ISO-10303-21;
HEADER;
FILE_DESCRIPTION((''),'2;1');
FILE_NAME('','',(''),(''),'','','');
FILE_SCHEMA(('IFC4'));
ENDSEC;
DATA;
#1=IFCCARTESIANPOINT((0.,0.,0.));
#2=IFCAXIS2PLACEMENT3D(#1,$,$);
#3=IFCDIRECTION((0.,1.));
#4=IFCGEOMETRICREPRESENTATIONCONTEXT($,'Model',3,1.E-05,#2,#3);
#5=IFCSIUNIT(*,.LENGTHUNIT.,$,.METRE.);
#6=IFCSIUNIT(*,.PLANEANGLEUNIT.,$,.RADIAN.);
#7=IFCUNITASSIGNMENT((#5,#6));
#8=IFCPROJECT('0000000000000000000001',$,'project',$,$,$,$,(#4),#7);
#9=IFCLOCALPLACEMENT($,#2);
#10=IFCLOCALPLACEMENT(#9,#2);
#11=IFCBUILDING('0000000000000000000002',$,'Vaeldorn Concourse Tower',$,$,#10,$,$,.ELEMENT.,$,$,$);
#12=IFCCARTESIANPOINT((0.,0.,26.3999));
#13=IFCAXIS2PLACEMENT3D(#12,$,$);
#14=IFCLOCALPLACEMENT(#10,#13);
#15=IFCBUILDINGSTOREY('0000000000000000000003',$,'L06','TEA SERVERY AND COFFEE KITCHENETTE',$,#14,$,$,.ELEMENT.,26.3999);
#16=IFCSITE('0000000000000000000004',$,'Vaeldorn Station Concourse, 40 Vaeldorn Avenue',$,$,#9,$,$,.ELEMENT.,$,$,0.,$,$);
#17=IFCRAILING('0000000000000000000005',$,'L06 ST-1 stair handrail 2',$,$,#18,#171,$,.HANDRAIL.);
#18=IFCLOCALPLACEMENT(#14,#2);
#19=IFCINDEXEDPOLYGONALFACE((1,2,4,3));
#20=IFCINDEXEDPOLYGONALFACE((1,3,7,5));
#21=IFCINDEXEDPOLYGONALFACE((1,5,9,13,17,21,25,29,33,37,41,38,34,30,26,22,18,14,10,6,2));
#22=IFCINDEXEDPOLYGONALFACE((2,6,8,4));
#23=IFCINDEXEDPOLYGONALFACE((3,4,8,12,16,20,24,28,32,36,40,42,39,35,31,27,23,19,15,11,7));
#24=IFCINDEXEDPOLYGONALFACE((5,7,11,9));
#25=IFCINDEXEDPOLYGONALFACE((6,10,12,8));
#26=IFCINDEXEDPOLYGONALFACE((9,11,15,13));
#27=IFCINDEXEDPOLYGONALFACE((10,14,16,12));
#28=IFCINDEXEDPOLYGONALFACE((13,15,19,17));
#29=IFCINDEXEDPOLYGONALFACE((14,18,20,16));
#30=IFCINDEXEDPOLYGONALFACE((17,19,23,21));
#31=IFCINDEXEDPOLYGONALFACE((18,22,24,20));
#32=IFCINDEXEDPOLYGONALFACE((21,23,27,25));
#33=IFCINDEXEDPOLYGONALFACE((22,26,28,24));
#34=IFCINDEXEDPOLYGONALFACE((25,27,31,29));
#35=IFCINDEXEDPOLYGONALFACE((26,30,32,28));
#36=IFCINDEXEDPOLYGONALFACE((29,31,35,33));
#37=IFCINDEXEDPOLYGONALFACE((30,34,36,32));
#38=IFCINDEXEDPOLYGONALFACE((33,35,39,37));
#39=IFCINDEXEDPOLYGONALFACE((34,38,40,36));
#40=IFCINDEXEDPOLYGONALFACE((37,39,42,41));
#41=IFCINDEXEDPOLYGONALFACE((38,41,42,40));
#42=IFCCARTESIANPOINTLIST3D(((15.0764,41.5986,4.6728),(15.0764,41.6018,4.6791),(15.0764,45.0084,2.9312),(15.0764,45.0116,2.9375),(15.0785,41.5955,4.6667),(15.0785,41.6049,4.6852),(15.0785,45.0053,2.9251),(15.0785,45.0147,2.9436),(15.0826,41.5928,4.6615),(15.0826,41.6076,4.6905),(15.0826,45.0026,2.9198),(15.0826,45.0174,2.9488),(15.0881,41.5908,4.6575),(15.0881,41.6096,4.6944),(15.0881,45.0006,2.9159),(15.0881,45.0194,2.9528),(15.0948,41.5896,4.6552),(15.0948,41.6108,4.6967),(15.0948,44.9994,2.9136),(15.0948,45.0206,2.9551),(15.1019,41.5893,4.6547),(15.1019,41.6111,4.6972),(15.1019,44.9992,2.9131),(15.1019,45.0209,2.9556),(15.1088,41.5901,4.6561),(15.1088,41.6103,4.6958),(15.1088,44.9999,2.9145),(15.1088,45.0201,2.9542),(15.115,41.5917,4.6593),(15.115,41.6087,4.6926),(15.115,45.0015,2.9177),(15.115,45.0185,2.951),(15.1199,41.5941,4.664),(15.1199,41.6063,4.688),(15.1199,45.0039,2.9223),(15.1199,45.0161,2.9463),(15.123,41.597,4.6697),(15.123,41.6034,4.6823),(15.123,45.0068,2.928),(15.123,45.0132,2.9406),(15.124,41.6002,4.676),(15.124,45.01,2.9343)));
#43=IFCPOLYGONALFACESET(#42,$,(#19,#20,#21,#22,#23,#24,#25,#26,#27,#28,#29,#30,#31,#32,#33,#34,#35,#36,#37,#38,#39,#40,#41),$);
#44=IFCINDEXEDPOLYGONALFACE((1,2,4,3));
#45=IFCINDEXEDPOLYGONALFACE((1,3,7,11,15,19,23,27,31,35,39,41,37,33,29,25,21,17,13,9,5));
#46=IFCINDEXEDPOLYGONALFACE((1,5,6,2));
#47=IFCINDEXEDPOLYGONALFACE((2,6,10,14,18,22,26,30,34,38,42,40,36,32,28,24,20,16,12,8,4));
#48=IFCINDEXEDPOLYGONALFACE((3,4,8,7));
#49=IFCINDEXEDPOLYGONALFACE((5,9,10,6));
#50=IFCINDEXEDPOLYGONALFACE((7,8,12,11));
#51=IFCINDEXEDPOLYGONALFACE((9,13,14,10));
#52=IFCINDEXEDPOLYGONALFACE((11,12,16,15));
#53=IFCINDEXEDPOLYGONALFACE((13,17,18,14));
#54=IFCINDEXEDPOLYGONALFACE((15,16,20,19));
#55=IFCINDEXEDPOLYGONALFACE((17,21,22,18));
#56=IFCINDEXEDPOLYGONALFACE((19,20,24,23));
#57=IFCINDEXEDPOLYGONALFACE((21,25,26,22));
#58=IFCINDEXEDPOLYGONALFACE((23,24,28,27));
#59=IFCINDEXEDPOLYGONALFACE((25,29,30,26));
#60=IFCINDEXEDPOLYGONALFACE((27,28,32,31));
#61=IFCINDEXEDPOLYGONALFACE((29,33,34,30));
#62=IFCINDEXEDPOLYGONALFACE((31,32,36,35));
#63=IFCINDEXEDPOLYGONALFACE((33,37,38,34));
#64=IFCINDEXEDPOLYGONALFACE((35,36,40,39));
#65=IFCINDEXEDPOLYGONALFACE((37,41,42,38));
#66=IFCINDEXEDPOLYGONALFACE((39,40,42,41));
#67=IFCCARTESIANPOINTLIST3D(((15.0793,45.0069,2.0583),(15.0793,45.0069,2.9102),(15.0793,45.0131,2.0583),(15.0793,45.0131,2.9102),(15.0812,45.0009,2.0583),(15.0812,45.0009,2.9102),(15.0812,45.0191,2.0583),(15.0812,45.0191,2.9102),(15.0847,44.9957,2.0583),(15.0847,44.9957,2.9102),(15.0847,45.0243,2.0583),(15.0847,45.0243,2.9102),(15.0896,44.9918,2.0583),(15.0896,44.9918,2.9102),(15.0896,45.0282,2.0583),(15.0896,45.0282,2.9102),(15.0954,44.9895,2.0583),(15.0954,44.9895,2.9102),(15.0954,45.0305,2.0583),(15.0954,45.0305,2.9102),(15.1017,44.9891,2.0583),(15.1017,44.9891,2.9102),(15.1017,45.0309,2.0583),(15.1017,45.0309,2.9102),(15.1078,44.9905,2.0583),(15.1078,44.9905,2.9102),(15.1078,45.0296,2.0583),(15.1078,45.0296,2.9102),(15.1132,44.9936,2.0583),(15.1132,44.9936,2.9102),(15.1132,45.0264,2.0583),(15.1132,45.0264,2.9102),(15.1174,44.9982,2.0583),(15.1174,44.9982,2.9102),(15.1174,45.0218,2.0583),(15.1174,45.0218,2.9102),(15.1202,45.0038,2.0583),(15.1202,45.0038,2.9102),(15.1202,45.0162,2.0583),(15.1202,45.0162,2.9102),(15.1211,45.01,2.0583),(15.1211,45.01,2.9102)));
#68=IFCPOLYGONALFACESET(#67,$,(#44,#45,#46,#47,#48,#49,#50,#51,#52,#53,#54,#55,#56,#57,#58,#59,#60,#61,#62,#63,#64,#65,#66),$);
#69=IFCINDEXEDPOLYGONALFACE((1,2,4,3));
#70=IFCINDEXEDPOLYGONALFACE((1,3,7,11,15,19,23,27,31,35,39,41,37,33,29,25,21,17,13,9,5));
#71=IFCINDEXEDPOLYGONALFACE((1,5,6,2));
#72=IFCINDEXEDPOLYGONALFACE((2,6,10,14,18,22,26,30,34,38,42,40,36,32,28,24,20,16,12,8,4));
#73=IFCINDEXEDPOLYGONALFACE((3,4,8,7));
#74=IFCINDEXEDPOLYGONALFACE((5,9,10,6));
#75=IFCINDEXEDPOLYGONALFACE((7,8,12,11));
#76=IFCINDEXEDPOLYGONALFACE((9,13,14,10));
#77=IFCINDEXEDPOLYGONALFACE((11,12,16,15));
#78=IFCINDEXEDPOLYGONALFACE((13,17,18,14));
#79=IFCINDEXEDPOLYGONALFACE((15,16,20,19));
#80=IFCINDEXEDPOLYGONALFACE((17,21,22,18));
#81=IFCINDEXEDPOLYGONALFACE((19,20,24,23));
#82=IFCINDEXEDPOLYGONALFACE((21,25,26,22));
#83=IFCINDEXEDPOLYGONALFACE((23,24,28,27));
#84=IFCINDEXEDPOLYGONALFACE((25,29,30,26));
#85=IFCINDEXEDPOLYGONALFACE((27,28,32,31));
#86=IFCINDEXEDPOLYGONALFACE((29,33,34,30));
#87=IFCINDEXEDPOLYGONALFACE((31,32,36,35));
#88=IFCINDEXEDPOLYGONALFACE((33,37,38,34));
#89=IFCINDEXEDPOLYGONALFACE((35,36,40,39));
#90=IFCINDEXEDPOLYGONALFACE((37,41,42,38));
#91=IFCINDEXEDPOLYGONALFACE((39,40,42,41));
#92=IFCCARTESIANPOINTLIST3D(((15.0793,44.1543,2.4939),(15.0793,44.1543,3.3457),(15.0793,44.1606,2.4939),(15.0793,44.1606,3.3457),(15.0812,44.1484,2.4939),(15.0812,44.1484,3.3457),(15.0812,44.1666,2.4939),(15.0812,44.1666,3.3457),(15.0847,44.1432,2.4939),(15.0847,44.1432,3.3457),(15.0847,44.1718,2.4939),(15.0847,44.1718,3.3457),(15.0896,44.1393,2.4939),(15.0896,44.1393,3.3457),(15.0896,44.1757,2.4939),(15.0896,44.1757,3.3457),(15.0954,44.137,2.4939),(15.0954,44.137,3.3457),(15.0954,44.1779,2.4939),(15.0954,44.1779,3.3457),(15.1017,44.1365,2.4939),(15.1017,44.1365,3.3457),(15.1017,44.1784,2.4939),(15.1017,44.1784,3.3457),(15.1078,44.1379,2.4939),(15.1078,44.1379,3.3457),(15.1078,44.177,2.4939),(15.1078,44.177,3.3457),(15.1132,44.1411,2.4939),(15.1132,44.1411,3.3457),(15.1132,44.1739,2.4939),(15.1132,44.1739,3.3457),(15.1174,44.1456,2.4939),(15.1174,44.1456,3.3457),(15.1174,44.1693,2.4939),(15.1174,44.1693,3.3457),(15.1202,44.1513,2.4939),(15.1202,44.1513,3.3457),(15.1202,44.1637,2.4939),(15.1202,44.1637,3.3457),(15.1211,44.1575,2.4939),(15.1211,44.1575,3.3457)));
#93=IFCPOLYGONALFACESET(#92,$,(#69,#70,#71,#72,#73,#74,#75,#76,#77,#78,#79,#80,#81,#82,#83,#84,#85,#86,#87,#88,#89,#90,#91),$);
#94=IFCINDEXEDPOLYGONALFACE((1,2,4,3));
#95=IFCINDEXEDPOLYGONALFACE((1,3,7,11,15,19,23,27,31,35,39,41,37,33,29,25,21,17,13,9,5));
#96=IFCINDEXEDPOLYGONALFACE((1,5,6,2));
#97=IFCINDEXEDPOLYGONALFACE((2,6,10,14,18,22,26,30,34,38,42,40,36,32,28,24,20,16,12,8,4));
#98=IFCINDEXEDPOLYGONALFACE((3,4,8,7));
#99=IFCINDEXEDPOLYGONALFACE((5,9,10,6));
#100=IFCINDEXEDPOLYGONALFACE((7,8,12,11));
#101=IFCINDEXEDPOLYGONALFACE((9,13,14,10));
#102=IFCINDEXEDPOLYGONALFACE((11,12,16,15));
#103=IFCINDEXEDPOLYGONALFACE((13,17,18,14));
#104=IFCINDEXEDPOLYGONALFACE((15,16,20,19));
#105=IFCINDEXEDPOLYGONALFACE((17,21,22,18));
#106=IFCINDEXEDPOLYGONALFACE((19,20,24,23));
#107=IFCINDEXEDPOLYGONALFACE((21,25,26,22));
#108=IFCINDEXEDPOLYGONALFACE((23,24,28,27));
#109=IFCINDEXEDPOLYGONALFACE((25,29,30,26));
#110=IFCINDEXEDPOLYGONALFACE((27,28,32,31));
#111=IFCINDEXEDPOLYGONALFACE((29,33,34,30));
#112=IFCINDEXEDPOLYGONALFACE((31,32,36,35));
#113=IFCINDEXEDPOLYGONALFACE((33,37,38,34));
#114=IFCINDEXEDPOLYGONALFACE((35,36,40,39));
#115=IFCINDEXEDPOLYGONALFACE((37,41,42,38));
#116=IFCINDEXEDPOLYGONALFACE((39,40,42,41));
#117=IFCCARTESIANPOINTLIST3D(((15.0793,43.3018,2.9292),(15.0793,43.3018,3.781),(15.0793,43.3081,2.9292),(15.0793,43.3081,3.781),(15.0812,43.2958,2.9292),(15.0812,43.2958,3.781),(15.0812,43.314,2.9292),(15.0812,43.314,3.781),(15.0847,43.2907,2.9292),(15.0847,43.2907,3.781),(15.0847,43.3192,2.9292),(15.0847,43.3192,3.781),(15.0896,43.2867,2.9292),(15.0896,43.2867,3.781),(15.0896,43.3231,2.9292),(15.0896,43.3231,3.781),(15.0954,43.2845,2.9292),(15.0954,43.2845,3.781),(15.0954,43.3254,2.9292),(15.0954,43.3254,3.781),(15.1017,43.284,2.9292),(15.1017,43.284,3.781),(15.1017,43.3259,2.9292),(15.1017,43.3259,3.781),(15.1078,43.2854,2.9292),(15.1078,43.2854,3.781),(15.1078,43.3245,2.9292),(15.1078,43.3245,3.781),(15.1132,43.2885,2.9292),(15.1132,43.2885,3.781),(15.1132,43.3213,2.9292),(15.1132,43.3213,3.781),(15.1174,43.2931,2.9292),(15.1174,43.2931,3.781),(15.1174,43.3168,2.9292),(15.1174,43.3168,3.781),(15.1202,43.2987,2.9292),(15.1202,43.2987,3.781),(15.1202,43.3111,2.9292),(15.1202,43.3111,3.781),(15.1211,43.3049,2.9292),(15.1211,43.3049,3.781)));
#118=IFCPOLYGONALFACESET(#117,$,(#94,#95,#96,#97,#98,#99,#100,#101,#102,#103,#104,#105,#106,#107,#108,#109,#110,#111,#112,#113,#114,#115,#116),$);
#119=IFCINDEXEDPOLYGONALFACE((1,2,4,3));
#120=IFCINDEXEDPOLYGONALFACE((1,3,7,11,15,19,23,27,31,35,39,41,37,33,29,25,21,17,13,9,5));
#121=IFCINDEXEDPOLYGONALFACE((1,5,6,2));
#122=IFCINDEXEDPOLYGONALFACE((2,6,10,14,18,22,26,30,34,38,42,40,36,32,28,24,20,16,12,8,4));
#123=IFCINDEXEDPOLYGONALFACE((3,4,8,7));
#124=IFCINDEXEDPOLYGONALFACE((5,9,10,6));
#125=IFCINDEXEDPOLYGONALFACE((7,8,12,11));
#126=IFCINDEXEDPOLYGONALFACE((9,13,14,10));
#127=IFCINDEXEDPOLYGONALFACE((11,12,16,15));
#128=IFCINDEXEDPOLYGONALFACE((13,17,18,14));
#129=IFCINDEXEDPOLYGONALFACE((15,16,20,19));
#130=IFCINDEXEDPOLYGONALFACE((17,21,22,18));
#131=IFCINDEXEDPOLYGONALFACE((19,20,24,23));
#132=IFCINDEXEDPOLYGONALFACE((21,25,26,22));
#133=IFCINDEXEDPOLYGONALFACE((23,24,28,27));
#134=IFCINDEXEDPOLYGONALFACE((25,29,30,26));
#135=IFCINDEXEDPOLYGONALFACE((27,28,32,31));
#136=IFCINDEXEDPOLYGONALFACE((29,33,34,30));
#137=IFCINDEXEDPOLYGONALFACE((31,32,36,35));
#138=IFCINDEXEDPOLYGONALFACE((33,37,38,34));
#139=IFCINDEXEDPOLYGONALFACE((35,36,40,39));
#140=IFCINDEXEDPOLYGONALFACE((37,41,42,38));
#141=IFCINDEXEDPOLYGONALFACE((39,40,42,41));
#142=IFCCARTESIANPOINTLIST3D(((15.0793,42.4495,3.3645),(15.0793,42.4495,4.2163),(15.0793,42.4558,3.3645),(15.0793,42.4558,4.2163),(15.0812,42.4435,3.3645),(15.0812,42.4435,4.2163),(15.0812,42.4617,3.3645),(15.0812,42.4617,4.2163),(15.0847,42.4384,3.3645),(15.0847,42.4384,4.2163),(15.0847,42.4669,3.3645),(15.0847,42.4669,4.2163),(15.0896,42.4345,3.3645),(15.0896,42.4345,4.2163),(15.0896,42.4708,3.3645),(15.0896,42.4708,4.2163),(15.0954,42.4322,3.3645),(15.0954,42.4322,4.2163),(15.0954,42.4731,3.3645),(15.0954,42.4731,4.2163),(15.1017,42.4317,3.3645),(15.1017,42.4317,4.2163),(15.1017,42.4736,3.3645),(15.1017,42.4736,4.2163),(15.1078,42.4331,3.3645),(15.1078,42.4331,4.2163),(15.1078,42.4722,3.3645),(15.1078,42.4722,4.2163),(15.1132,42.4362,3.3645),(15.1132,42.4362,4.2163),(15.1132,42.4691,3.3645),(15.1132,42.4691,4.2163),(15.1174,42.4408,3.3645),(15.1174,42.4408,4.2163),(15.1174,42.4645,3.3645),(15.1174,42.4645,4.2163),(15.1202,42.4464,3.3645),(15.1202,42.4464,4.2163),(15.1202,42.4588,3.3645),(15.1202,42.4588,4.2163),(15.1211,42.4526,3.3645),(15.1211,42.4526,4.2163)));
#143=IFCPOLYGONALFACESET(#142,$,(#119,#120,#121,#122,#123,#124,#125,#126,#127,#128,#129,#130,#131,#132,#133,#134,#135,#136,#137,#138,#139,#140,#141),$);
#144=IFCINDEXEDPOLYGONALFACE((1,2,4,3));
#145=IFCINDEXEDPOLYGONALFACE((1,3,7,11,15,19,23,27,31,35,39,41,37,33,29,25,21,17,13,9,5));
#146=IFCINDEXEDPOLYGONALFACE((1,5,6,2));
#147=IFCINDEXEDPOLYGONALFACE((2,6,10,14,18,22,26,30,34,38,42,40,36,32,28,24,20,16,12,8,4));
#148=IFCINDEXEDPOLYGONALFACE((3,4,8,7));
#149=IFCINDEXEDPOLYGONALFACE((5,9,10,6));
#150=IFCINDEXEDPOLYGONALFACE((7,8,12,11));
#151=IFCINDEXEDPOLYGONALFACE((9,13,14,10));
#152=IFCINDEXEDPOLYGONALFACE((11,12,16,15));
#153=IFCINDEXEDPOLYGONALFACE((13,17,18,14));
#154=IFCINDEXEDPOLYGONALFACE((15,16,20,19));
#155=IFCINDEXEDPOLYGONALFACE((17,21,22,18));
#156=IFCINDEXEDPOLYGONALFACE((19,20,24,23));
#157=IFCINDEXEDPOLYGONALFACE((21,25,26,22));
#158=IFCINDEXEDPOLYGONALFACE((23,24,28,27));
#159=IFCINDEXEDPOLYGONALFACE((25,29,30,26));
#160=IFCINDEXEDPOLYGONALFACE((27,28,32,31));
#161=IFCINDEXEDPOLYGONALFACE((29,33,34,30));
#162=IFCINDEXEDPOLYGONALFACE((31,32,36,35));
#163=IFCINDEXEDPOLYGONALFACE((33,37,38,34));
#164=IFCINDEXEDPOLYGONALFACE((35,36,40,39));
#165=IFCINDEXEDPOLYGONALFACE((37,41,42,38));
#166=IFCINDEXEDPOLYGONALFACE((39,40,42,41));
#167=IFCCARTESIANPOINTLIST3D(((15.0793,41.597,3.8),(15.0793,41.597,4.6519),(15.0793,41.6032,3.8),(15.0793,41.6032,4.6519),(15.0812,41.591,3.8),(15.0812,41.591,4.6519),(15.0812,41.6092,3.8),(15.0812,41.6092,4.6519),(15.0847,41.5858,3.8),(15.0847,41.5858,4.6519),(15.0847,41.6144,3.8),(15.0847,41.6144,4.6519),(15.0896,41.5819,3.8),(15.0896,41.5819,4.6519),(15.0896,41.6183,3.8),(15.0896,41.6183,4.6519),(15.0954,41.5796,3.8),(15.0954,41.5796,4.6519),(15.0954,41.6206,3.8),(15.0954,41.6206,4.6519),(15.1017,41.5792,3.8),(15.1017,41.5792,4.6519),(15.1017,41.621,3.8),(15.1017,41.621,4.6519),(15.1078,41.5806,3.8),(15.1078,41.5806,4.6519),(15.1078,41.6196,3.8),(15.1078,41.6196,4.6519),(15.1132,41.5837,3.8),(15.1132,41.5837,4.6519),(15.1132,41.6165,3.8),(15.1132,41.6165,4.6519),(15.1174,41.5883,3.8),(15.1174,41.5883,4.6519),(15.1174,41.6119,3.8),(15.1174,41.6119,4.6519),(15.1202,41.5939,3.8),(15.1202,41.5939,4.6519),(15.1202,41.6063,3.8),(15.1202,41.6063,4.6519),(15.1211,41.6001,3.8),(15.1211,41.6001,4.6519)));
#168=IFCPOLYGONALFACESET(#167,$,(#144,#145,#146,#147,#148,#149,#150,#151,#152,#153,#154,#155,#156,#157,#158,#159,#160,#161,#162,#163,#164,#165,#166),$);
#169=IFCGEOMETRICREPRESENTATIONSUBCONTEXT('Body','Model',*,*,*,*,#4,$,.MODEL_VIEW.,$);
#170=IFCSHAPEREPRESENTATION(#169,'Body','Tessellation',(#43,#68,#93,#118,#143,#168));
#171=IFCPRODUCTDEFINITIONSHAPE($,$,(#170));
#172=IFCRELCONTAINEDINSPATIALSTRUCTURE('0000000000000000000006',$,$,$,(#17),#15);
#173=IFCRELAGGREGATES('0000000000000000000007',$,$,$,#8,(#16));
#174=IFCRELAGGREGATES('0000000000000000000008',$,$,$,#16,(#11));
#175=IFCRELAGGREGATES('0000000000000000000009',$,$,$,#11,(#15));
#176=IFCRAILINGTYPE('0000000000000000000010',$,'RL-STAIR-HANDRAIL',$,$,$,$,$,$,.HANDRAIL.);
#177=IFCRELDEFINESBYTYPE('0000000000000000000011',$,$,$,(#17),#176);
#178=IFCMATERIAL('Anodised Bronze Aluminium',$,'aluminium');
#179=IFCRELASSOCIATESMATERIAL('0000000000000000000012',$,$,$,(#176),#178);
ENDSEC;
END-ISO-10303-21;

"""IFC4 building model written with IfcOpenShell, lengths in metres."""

from ifc_helpers import new_model, si_unit, direction, frame, origin, origin_2d, place, context, subcontext, project, spatial, circle, extrude, material, type_object, element, save


model = new_model("IFC4")

# Units and contexts
model_context = context("Model", 3, precision=1e-05, world=origin(), true_north=direction((0.0, 1.0)))
body_context = subcontext(model_context, "Body", "Model", "MODEL_VIEW")
ifc_project = project(units=[si_unit("LENGTHUNIT", "METRE"), si_unit("PLANEANGLEUNIT", "RADIAN")], contexts=[model_context])

# Site, building, storey
site_placement = place(None, origin())
site = spatial("IfcSite", under=ifc_project, at=site_placement, Name="Vaeldorn Station Concourse, 40 Vaeldorn Avenue", CompositionType="ELEMENT", RefElevation=0.0)
building_placement = place(site_placement, origin())
building = spatial("IfcBuilding", under=site, at=building_placement, Name="Vaeldorn Concourse Tower", CompositionType="ELEMENT")
storey_placement = place(building_placement, frame((0.0, 0.0, 26.3999)))
storey = spatial("IfcBuildingStorey", under=building, at=storey_placement, Name="L06", Description="TEA SERVERY AND COFFEE KITCHENETTE", CompositionType="ELEMENT", Elevation=26.3999)

# Shared definitions
ifc_material_1 = material(Name="Anodised Bronze Aluminium", Category="aluminium")

# Railing
railing_type_1 = type_object("IfcRailingType", Name="RL-STAIR-HANDRAIL", PredefinedType="HANDRAIL", material=ifc_material_1)
railing_1_placement = place(storey_placement, frame((15.1001, 45.01, 2.0583)))
element("IfcRailing", 1, at=railing_1_placement, inside=storey, type_object=railing_type_1, Name="L06 ST-1 stair handrail 2", PredefinedType="HANDRAIL", context=body_context, shape_type="SweptSolid", body=[
    extrude(circle(Radius=0.0239, at=origin_2d()), frame((0.0, 0.0, 0.876), z_axis=(0.0, -0.890556, 0.454874), x_axis=(1.0, 0.0, 0.0)), (0.0, 0.0, 1.0), 3.8289),
    extrude(circle(Radius=0.021, at=origin_2d()), origin(), (0.0, 0.0, 1.0), 0.8518),
    extrude(circle(Radius=0.021, at=origin_2d()), frame((0.0, -0.8525, 0.4355)), (0.0, 0.0, 1.0), 0.8518),
    extrude(circle(Radius=0.021, at=origin_2d()), frame((0.0, -1.7051, 0.8708)), (0.0, 0.0, 1.0), 0.8518),
    extrude(circle(Radius=0.021, at=origin_2d()), frame((0.0, -2.5574, 1.3062)), (0.0, 0.0, 1.0), 0.8518),
    extrude(circle(Radius=0.021, at=origin_2d()), frame((0.0, -3.4099, 1.7417)), (0.0, 0.0, 1.0), 0.8518),
])

save(model, "model.ifc")
